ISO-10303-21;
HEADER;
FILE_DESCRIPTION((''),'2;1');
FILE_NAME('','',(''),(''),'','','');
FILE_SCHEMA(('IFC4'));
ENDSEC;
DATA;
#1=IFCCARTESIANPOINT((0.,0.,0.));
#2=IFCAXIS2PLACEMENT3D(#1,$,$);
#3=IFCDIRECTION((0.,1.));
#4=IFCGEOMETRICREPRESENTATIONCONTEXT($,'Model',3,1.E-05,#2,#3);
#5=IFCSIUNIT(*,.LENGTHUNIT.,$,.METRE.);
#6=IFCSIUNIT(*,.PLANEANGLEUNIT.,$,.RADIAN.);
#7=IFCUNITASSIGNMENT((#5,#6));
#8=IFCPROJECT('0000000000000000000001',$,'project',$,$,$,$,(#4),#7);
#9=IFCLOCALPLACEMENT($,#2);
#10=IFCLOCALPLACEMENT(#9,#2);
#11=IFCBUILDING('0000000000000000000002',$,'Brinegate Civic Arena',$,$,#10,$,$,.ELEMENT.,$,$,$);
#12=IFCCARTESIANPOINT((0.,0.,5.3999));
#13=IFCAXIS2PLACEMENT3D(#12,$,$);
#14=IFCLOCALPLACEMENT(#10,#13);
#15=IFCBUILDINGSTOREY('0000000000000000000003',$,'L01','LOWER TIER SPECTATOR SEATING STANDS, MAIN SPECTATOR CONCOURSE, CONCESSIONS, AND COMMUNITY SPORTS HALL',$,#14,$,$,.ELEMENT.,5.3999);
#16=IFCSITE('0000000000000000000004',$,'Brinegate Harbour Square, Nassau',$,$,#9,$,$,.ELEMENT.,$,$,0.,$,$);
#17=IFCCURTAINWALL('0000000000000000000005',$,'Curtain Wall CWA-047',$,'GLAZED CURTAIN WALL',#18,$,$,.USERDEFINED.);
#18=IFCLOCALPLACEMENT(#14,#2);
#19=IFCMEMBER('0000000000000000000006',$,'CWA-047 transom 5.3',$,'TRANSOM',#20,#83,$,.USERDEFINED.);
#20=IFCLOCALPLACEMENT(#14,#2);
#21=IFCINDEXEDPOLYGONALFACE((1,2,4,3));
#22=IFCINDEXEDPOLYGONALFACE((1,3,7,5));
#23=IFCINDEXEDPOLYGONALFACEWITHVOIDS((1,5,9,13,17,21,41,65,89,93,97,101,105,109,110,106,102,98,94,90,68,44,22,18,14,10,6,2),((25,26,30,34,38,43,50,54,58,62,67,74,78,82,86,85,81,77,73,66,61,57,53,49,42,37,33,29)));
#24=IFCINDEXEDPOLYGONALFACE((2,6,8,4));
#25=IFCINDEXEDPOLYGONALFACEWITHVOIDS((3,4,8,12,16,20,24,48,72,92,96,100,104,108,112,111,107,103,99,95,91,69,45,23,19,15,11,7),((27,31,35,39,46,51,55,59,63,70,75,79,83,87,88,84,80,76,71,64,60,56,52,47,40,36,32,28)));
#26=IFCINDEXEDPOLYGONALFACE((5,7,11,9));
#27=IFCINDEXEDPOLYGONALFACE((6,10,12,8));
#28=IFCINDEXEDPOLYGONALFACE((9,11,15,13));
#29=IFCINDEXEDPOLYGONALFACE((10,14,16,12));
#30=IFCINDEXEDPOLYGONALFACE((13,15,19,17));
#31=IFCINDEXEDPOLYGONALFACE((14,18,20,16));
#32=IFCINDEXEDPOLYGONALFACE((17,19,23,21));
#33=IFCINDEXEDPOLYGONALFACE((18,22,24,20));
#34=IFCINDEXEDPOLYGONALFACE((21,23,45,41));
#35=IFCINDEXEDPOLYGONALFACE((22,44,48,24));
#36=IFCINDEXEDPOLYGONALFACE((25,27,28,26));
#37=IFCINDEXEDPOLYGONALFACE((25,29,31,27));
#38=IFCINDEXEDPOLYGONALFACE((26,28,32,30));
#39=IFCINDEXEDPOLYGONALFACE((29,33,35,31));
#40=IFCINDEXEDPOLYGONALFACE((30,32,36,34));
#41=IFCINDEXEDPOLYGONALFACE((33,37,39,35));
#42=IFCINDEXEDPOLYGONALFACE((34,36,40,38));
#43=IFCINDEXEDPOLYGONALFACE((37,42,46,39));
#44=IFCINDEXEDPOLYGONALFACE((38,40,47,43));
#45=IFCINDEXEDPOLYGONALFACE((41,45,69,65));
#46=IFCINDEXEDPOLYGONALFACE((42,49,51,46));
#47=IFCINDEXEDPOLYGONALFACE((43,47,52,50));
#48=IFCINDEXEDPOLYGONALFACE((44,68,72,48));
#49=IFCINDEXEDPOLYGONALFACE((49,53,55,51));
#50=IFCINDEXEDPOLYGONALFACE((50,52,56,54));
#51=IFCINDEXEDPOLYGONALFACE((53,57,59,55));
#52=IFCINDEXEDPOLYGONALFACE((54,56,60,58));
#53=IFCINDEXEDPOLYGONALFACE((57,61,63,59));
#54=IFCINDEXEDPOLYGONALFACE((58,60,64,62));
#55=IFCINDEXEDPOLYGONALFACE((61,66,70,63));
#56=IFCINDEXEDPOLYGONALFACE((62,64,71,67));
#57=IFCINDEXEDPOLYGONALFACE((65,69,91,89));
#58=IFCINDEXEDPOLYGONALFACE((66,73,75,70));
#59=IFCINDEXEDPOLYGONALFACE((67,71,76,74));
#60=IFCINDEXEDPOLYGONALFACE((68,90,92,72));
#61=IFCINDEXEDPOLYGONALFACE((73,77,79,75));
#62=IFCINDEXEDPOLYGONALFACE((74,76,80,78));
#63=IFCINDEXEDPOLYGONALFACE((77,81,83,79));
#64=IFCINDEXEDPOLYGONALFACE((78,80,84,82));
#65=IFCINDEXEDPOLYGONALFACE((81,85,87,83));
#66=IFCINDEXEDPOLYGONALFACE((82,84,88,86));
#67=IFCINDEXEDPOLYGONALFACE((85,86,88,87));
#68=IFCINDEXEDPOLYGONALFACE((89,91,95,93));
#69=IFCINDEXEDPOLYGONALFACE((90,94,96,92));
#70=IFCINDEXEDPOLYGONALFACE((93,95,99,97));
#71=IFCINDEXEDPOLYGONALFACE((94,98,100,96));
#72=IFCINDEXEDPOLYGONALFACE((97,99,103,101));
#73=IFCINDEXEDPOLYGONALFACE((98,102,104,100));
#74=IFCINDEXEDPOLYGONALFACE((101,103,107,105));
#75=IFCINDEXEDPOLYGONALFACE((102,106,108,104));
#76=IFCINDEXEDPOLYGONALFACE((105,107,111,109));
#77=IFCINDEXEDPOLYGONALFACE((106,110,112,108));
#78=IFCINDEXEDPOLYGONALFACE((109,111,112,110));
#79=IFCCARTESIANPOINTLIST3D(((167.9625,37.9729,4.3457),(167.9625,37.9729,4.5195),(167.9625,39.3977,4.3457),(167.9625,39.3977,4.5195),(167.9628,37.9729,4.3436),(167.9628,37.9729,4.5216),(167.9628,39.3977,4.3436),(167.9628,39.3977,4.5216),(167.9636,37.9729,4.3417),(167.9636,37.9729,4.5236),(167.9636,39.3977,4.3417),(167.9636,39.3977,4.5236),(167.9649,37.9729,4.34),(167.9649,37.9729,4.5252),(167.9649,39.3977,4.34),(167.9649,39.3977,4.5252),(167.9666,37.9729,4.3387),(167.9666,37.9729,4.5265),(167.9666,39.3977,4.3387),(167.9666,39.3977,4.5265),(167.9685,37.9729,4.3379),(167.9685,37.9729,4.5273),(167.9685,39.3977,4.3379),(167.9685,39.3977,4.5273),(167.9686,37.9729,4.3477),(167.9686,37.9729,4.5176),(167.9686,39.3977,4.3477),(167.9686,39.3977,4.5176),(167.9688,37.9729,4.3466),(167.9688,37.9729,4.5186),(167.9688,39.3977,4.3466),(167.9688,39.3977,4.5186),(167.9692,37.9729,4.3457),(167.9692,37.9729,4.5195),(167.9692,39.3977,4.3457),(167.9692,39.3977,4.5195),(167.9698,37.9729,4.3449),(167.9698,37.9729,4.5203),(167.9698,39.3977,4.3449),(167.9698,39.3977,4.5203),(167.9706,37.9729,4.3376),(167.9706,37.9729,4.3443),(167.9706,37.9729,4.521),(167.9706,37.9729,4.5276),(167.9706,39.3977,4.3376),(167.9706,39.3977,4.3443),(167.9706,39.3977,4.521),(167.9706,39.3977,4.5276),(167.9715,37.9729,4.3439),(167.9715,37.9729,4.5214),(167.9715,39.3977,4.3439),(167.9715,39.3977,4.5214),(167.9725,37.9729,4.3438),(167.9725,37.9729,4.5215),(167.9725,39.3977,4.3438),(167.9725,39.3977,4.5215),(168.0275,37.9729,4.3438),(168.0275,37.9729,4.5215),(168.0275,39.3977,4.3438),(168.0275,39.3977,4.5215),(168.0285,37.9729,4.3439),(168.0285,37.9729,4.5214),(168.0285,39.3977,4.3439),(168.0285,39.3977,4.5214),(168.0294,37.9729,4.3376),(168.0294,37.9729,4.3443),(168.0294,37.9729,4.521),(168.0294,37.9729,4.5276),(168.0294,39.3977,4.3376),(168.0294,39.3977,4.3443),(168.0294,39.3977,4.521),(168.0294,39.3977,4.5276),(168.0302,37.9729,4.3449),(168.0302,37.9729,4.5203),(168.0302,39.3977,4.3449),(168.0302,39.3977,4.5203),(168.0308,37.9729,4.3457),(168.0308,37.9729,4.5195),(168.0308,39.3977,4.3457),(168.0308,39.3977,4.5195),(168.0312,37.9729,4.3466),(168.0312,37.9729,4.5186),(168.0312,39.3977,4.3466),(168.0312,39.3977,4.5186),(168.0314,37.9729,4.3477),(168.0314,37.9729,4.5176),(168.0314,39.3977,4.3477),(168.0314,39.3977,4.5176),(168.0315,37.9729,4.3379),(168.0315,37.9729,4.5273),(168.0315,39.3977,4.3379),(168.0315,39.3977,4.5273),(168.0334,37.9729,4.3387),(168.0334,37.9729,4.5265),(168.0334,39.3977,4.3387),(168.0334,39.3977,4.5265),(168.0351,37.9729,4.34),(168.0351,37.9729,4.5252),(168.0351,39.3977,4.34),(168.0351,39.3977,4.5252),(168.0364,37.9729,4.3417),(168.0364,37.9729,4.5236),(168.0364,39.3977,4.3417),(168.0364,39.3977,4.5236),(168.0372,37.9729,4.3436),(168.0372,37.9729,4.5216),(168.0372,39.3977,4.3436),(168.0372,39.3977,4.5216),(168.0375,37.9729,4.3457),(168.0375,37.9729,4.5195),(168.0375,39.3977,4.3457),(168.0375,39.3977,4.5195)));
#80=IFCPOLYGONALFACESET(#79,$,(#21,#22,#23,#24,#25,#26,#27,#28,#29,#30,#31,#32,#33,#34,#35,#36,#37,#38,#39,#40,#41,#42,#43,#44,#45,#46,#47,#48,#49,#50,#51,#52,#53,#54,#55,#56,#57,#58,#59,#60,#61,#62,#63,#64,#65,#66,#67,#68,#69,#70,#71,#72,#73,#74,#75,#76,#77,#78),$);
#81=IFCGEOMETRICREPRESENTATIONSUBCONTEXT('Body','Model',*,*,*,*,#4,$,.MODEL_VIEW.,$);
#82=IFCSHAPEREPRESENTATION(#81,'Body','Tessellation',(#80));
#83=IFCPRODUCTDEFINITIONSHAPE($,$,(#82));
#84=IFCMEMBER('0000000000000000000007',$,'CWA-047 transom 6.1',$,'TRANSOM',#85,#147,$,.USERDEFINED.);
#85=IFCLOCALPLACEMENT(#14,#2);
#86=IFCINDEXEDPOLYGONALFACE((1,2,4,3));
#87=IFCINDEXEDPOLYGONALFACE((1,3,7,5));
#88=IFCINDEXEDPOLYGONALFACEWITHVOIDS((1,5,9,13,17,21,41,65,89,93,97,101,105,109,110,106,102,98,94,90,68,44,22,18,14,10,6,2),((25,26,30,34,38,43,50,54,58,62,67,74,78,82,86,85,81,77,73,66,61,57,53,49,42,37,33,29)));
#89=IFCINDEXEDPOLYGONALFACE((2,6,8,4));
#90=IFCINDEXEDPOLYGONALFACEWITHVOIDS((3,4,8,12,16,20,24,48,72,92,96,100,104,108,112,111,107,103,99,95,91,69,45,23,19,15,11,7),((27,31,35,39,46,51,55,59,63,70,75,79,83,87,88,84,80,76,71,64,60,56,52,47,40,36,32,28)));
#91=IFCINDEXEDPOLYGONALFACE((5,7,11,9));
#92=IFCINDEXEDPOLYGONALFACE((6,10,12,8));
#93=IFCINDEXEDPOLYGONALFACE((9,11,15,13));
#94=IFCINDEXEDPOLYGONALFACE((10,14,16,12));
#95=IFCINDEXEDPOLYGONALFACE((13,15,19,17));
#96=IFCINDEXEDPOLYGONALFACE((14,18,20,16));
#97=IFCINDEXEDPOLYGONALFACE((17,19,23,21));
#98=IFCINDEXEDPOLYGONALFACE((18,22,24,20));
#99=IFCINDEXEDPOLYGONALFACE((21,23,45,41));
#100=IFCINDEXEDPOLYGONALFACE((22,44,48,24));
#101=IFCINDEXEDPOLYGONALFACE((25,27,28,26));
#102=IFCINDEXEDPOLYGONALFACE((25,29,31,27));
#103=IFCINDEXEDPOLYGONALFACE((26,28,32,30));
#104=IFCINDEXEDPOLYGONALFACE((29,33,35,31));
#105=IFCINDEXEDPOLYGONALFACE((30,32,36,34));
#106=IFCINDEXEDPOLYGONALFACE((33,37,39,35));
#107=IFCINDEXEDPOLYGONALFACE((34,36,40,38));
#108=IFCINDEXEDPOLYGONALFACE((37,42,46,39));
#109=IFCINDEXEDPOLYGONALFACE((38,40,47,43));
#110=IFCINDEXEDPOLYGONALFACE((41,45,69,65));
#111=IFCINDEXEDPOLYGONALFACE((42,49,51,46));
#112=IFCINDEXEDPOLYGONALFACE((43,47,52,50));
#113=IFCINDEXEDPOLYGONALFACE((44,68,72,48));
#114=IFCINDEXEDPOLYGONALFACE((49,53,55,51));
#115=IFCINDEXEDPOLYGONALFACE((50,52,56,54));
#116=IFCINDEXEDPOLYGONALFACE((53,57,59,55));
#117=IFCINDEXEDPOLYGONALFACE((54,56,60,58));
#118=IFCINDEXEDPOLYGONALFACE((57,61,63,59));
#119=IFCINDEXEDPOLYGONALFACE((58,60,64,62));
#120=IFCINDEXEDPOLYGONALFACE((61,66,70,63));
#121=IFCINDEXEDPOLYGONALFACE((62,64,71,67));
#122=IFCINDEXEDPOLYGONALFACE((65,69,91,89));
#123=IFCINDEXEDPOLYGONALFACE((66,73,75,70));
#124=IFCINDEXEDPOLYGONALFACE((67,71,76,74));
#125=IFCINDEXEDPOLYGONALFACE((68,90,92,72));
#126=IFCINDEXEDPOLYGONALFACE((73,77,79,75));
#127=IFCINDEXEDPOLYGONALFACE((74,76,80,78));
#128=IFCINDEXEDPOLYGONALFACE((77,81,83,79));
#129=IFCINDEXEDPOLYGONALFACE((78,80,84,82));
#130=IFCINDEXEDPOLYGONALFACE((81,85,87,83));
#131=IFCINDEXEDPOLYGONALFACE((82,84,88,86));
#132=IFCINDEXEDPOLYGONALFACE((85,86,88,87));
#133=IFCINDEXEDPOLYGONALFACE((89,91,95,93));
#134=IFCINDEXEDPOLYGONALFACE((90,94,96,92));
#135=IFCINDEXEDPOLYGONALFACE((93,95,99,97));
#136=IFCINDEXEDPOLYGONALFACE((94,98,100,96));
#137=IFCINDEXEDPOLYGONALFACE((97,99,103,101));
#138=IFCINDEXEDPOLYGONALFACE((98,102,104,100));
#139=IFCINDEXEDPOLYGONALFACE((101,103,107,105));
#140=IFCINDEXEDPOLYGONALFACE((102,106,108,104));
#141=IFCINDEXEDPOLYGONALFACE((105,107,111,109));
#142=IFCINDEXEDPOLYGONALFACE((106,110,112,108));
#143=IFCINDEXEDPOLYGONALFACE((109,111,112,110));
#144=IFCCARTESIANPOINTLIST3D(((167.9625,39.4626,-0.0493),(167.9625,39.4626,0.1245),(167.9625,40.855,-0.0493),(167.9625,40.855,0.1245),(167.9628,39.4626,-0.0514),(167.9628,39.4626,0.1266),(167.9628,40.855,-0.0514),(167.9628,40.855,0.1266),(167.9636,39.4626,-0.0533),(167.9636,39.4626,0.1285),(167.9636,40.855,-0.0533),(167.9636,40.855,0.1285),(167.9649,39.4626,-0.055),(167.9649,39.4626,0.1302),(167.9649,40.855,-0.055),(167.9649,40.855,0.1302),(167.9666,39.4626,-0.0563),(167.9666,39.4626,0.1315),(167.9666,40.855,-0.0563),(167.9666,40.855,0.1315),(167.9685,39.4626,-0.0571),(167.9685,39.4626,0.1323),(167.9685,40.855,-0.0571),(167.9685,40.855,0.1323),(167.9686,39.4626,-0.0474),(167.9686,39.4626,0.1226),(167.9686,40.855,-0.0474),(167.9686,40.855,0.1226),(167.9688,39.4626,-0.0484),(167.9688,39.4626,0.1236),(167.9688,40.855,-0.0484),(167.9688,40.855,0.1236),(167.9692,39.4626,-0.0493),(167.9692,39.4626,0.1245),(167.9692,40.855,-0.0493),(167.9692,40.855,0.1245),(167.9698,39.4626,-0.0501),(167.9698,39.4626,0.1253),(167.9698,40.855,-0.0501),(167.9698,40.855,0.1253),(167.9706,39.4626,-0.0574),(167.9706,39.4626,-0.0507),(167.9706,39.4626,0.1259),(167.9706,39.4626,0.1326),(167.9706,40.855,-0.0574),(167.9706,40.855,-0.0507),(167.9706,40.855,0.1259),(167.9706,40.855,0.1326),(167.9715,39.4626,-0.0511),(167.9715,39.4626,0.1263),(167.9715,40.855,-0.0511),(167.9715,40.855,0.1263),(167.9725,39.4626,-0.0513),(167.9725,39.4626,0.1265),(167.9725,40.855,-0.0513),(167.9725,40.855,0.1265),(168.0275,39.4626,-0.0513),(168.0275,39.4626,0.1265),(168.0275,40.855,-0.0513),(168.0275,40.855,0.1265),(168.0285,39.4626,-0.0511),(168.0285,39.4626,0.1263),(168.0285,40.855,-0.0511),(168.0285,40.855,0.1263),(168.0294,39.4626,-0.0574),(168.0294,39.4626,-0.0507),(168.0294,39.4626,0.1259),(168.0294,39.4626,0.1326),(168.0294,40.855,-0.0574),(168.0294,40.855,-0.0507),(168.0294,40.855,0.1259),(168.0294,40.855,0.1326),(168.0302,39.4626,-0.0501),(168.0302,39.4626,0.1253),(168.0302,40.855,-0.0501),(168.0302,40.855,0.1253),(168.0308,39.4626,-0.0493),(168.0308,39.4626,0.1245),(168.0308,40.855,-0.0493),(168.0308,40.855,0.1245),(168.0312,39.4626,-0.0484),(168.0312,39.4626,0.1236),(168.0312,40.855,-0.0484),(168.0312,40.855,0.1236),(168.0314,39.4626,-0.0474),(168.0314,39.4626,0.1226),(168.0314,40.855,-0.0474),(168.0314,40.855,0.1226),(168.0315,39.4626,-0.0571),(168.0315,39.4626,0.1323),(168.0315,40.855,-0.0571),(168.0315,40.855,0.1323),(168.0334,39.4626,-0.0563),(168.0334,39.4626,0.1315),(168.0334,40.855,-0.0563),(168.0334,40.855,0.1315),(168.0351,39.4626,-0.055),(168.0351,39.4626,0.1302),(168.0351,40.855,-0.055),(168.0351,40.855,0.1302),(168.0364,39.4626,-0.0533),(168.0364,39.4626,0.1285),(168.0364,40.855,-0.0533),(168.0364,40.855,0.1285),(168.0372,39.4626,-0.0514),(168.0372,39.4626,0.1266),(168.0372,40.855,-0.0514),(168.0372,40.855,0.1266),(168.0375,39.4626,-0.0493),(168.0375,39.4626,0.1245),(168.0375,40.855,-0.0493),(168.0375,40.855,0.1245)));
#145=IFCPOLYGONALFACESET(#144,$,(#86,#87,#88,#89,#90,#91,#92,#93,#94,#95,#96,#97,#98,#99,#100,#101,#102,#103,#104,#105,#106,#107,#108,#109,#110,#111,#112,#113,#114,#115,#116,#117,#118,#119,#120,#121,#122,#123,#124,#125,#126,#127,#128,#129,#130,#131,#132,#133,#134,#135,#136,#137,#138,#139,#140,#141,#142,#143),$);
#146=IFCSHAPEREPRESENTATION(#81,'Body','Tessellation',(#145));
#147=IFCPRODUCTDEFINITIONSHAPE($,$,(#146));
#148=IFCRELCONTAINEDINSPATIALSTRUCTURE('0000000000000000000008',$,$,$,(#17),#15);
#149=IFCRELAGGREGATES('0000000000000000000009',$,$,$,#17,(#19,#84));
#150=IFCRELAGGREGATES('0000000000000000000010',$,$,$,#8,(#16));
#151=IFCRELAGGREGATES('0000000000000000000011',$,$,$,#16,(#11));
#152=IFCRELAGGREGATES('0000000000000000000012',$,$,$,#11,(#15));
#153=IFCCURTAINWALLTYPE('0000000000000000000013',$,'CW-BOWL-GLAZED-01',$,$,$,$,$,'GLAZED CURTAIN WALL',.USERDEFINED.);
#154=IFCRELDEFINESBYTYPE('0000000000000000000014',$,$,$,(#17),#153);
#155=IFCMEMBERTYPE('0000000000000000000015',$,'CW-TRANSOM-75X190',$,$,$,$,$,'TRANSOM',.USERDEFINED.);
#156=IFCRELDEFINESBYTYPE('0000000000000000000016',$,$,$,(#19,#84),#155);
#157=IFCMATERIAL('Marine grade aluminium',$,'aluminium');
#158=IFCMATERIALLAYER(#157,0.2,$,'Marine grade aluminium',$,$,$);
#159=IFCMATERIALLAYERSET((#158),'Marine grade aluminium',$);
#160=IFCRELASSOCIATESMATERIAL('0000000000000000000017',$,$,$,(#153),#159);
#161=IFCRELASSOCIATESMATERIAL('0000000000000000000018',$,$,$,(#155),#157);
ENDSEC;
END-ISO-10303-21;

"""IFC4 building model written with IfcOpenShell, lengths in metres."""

from ifc_helpers import new_model, si_unit, direction, frame, origin, origin_2d, place, context, subcontext, project, spatial, hollow_rectangle, extrude, material, layer, layer_set, material_profile, profile_set, type_object, element, aggregate, save


model = new_model("IFC4")

# Units and contexts
model_context = context("Model", 3, precision=1e-05, world=origin(), true_north=direction((0.0, 1.0)))
body_context = subcontext(model_context, "Body", "Model", "MODEL_VIEW")
ifc_project = project(units=[si_unit("LENGTHUNIT", "METRE"), si_unit("PLANEANGLEUNIT", "RADIAN")], contexts=[model_context])

# Site, building, storey
site_placement = place(None, origin())
site = spatial("IfcSite", under=ifc_project, at=site_placement, Name="Brinegate Harbour Square, Nassau", CompositionType="ELEMENT", RefElevation=0.0)
building_placement = place(site_placement, origin())
building = spatial("IfcBuilding", under=site, at=building_placement, Name="Brinegate Civic Arena", CompositionType="ELEMENT")
storey_placement = place(building_placement, frame((0.0, 0.0, 5.3999)))
storey = spatial("IfcBuildingStorey", under=building, at=storey_placement, Name="L01", Description="LOWER TIER SPECTATOR SEATING STANDS, MAIN SPECTATOR CONCOURSE, CONCESSIONS, AND COMMUNITY SPORTS HALL", CompositionType="ELEMENT", Elevation=5.3999)

# Curtain wall, members
ifc_material_1 = material(Name="Marine grade aluminium", Category="aluminium")
ifc_layer_1 = layer(ifc_material_1, 0.2, Name="Marine grade aluminium")
ifc_layer_set_1 = layer_set([ifc_layer_1], Name="Marine grade aluminium")
curtain_wall_type = type_object("IfcCurtainWallType", Name="CW-BOWL-GLAZED-01", ElementType="GLAZED CURTAIN WALL", PredefinedType="USERDEFINED", material=ifc_layer_set_1)
curtain_wall_placement = place(storey_placement, origin())
curtain_wall = element("IfcCurtainWall", 1, at=curtain_wall_placement, inside=storey, type_object=curtain_wall_type, Name="Curtain Wall CWA-047", ObjectType="GLAZED CURTAIN WALL", PredefinedType="USERDEFINED")
ifc_material_profile_1 = material_profile(ifc_material_1, hollow_rectangle(XDim=0.075, YDim=0.1899, WallThickness=0.0061, InnerFilletRadius=0.0039, OuterFilletRadius=0.0081, at=origin_2d()), Name="TRN75X190")
ifc_profile_set_1 = profile_set([ifc_material_profile_1], Name="Marine grade aluminium")
member_type_1 = type_object("IfcMemberType", Name="CW-TRANSOM-75X190", ElementType="TRANSOM", PredefinedType="USERDEFINED", material=ifc_profile_set_1)
member_1_placement = place(storey_placement, frame((168.0, 37.9729, 4.4326), z_axis=(0.0, 1.0, 0.0), x_axis=(-1.0, 0.0, 0.0)))
member_1 = element("IfcMember", 2, at=member_1_placement, type_object=member_type_1, Name="CWA-047 transom 5.3", ObjectType="TRANSOM", PredefinedType="USERDEFINED", context=body_context, shape_type="SweptSolid", body=[
    extrude(hollow_rectangle(XDim=0.075, YDim=0.1899, WallThickness=0.0061, InnerFilletRadius=0.0039, OuterFilletRadius=0.0081, at=origin_2d()), origin(), (0.0, 0.0, 1.0), 1.4248),
])
member_2_placement = place(storey_placement, frame((168.0, 39.4626, 0.0376), z_axis=(0.0, 1.0, 0.0), x_axis=(-1.0, 0.0, 0.0)))
member_2 = element("IfcMember", 3, at=member_2_placement, type_object=member_type_1, Name="CWA-047 transom 6.1", ObjectType="TRANSOM", PredefinedType="USERDEFINED", context=body_context, shape_type="SweptSolid", body=[
    extrude(hollow_rectangle(XDim=0.075, YDim=0.1899, WallThickness=0.0061, InnerFilletRadius=0.0039, OuterFilletRadius=0.0081, at=origin_2d()), origin(), (0.0, 0.0, 1.0), 1.3923),
])
aggregate(curtain_wall, [member_1, member_2])

save(model, "model.ifc")
